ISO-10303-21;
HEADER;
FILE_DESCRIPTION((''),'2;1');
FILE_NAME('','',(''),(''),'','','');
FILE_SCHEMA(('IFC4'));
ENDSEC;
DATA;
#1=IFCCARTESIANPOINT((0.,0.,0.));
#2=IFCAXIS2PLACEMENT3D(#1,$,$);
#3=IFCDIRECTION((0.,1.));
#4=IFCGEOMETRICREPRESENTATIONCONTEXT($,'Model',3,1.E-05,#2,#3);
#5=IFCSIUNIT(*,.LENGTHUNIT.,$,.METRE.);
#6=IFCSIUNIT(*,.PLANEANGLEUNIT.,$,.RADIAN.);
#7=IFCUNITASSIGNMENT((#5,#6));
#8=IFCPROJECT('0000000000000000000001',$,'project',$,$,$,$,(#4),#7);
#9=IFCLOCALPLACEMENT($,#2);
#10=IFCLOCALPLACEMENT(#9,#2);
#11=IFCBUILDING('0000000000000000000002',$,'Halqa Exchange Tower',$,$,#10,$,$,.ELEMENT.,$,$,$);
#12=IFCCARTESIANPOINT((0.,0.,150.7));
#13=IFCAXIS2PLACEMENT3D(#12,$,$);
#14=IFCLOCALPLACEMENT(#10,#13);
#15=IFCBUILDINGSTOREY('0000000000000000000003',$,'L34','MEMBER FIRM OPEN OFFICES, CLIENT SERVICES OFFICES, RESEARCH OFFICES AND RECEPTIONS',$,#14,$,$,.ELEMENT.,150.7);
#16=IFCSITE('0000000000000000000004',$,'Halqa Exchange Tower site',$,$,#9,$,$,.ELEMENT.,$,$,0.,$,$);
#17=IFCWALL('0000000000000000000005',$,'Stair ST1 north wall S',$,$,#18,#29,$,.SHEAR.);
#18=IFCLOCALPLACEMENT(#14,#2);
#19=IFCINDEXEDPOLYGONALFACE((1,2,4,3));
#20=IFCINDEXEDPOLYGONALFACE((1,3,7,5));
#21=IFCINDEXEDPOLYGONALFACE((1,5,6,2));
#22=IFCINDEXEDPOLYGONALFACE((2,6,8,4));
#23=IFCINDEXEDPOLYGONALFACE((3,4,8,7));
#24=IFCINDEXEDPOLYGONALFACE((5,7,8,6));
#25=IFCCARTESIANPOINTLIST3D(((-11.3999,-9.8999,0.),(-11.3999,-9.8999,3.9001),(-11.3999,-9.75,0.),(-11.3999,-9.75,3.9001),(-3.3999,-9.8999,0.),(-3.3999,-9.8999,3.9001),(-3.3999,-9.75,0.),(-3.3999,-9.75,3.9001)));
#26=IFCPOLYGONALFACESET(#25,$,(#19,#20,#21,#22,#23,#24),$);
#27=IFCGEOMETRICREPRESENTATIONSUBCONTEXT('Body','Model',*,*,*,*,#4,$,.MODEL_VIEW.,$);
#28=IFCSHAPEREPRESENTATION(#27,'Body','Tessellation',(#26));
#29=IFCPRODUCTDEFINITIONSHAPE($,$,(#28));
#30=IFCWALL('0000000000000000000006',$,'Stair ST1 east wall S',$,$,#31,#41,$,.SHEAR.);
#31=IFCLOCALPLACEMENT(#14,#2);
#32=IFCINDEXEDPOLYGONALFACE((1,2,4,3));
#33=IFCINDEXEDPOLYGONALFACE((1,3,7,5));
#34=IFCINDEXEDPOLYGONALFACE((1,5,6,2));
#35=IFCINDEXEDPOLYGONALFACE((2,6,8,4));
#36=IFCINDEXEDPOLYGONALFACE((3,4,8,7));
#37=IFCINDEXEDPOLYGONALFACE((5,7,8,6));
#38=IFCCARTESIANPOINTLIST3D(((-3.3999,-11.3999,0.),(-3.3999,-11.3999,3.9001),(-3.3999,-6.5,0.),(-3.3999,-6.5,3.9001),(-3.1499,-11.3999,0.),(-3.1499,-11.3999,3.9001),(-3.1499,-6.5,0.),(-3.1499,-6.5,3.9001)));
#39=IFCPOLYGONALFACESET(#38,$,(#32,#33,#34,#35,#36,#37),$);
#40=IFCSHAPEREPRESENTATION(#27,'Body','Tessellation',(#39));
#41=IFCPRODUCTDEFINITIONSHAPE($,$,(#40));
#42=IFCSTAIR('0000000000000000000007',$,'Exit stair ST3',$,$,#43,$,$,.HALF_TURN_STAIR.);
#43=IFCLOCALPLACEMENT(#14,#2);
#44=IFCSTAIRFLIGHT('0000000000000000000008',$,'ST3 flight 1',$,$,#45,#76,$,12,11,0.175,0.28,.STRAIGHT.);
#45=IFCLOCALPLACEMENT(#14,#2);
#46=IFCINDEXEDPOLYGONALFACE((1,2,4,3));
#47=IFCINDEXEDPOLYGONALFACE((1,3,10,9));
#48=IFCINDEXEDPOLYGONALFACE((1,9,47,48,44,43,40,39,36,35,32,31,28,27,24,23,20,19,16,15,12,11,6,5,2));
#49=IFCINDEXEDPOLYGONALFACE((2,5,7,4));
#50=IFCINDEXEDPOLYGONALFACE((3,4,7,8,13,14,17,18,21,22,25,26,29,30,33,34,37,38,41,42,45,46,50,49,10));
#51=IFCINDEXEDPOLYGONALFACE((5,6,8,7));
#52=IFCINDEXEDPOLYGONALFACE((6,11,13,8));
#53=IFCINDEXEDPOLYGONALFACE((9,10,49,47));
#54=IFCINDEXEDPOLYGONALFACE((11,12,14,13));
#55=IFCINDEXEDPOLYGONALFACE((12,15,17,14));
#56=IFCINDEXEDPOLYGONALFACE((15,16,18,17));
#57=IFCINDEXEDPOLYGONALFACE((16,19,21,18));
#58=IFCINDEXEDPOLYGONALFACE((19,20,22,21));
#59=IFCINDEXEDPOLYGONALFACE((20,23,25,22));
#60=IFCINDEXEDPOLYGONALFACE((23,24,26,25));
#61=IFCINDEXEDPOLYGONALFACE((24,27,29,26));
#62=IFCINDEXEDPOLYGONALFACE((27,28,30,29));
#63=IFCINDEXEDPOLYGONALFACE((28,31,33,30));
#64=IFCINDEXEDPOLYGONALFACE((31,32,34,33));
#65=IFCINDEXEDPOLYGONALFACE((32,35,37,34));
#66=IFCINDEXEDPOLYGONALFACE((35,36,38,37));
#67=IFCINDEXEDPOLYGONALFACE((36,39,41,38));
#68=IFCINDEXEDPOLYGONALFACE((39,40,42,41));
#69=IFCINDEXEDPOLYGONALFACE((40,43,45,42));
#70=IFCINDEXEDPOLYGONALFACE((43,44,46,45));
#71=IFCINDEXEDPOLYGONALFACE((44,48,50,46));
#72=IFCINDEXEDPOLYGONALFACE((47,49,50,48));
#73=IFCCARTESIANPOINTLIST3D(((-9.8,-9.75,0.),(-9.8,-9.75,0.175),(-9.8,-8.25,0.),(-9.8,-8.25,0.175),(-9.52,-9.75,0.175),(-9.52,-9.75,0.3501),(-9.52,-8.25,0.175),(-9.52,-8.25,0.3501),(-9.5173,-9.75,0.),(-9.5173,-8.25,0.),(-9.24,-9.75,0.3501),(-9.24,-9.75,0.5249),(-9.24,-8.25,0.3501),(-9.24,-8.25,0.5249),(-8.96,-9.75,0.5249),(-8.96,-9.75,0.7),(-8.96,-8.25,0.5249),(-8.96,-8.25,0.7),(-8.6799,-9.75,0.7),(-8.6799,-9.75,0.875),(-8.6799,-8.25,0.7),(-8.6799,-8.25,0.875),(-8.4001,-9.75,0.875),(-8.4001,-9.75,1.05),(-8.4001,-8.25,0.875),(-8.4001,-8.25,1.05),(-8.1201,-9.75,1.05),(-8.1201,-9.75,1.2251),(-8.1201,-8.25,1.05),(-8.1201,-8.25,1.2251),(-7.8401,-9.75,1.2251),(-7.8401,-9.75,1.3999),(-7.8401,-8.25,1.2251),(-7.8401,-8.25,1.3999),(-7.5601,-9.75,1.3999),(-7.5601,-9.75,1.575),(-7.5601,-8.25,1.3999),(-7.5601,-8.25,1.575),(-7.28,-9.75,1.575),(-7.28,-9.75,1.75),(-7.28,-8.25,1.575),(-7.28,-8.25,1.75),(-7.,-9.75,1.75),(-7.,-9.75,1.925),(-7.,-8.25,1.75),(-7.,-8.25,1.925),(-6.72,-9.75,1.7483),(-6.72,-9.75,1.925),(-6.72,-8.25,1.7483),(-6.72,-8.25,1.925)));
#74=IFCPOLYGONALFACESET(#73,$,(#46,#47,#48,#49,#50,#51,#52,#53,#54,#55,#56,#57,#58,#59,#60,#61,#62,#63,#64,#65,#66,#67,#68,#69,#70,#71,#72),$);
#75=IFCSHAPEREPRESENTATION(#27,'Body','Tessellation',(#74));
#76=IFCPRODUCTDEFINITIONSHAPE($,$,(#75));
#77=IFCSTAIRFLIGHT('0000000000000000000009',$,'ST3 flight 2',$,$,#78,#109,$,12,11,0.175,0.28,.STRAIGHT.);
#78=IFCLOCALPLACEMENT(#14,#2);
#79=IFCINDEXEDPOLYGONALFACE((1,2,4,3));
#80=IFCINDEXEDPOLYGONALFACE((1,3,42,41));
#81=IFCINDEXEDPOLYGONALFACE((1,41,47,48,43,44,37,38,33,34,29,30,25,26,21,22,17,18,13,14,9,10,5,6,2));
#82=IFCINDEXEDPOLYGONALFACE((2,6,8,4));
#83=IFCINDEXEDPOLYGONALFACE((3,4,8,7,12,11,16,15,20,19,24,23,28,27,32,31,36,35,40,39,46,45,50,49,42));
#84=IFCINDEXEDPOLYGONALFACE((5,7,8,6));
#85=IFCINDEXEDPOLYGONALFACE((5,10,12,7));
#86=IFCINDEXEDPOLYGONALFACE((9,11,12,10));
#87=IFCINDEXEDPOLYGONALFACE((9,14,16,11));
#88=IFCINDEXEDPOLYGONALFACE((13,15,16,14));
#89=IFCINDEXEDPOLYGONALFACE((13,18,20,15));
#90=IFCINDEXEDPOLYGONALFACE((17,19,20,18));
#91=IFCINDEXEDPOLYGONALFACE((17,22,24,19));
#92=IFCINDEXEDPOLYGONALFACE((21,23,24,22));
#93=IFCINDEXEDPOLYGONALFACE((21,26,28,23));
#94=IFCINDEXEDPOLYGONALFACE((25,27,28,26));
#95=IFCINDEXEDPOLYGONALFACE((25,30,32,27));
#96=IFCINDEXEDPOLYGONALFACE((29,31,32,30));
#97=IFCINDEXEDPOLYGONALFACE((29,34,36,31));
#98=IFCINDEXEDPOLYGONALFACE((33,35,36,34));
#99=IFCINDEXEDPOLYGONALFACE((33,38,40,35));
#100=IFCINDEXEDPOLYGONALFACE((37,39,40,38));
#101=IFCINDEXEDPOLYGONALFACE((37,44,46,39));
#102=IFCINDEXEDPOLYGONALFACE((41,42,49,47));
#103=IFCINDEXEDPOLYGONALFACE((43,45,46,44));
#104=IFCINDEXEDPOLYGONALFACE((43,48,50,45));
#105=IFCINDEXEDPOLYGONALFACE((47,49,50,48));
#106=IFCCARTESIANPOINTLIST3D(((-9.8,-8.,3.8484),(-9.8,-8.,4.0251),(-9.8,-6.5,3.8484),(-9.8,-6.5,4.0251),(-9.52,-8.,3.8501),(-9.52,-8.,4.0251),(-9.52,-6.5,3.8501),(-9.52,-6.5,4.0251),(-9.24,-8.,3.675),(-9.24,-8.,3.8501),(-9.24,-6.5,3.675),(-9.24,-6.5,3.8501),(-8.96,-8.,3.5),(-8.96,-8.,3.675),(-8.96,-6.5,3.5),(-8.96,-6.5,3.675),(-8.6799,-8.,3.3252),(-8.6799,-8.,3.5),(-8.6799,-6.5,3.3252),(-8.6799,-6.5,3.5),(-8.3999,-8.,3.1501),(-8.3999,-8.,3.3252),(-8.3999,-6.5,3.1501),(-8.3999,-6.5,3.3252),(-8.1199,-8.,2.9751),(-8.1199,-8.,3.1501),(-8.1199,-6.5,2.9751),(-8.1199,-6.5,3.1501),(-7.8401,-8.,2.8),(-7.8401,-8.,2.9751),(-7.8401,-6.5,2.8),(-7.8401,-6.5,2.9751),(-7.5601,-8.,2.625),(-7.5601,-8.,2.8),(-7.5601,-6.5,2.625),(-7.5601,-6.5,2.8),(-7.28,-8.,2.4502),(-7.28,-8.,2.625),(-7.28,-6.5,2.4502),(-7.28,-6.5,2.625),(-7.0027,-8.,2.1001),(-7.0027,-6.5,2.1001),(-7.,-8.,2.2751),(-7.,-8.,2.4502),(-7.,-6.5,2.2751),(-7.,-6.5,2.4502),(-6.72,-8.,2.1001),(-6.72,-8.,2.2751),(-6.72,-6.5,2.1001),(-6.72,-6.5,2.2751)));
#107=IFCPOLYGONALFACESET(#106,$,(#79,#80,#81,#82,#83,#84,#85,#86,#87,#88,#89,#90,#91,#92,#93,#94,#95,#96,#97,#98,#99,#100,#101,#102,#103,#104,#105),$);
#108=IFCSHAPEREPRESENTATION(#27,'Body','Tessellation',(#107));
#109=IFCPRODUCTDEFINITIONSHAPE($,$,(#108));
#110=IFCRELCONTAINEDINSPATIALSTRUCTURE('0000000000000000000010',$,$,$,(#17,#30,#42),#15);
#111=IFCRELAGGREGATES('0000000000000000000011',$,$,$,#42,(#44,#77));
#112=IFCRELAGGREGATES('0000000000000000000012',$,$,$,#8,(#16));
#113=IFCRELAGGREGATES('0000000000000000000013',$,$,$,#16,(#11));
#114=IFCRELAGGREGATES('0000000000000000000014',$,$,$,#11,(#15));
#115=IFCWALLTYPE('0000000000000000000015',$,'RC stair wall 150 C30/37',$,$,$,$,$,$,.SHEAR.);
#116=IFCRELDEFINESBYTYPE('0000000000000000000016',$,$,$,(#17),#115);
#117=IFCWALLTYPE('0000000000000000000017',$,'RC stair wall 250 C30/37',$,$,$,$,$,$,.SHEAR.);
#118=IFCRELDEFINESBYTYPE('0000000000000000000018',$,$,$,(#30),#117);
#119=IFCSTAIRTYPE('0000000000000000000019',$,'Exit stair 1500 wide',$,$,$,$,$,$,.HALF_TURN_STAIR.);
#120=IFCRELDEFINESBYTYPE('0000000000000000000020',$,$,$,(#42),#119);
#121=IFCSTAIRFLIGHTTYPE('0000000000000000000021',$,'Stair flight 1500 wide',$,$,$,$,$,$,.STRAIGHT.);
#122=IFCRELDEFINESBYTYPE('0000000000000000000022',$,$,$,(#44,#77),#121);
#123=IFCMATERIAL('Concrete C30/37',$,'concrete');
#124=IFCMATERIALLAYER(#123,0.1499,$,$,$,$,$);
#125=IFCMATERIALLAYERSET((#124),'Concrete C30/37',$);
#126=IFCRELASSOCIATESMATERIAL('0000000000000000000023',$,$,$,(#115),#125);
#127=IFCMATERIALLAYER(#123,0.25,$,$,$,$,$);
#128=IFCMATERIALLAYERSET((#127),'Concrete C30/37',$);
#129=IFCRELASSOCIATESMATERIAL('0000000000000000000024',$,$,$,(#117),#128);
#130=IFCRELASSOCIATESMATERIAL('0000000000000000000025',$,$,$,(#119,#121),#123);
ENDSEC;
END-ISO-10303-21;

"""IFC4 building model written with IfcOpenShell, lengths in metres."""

from ifc_helpers import new_model, si_unit, direction, frame, frame_2d, origin, place, context, subcontext, project, spatial, polyline, rectangle, outline, extrude, material, layer, layer_set, type_object, element, aggregate, save


model = new_model("IFC4")

# Units and contexts
model_context = context("Model", 3, precision=1e-05, world=origin(), true_north=direction((0.0, 1.0)))
body_context = subcontext(model_context, "Body", "Model", "MODEL_VIEW")
ifc_project = project(units=[si_unit("LENGTHUNIT", "METRE"), si_unit("PLANEANGLEUNIT", "RADIAN")], contexts=[model_context])

# Site, building, storey
site_placement = place(None, origin())
site = spatial("IfcSite", under=ifc_project, at=site_placement, Name="Halqa Exchange Tower site", CompositionType="ELEMENT", RefElevation=0.0)
building_placement = place(site_placement, origin())
building = spatial("IfcBuilding", under=site, at=building_placement, Name="Halqa Exchange Tower", CompositionType="ELEMENT")
storey_placement = place(building_placement, frame((0.0, 0.0, 150.7)))
storey = spatial("IfcBuildingStorey", under=building, at=storey_placement, Name="L34", Description="MEMBER FIRM OPEN OFFICES, CLIENT SERVICES OFFICES, RESEARCH OFFICES AND RECEPTIONS", CompositionType="ELEMENT", Elevation=150.7)

# Walls
ifc_material_1 = material(Name="Concrete C30/37", Category="concrete")
ifc_layer_1 = layer(ifc_material_1, 0.1499)
ifc_layer_set_1 = layer_set([ifc_layer_1], Name="Concrete C30/37")
wall_type_1 = type_object("IfcWallType", Name="RC stair wall 150 C30/37", PredefinedType="SHEAR", material=ifc_layer_set_1)
wall_1_placement = place(storey_placement, frame((-11.3999, -9.825, 0.0), z_axis=(0.0, 0.0, 1.0), x_axis=(1.0, 0.0, 0.0)))
element("IfcWall", 1, at=wall_1_placement, inside=storey, type_object=wall_type_1, Name="Stair ST1 north wall S", PredefinedType="SHEAR", context=body_context, shape_type="SweptSolid", body=[
    extrude(rectangle(XDim=8.0, YDim=0.1499, at=frame_2d((4.0, 0.0))), origin(), (0.0, 0.0, 1.0), 3.9001),
])
ifc_layer_2 = layer(ifc_material_1, 0.25)
ifc_layer_set_2 = layer_set([ifc_layer_2], Name="Concrete C30/37")
wall_type_2 = type_object("IfcWallType", Name="RC stair wall 250 C30/37", PredefinedType="SHEAR", material=ifc_layer_set_2)
wall_2_placement = place(storey_placement, frame((-3.2749, -11.3999, 0.0), z_axis=(0.0, 0.0, 1.0), x_axis=(0.0, 1.0, 0.0)))
element("IfcWall", 2, at=wall_2_placement, inside=storey, type_object=wall_type_2, Name="Stair ST1 east wall S", PredefinedType="SHEAR", context=body_context, shape_type="SweptSolid", body=[
    extrude(rectangle(XDim=4.8999, YDim=0.25, at=frame_2d((2.45, 0.0))), origin(), (0.0, 0.0, 1.0), 3.9001),
])

# Stair, stair flights
stair_type = type_object("IfcStairType", Name="Exit stair 1500 wide", PredefinedType="HALF_TURN_STAIR", material=ifc_material_1)
stair_placement = place(storey_placement, origin())
stair = element("IfcStair", 3, at=stair_placement, inside=storey, type_object=stair_type, Name="Exit stair ST3", PredefinedType="HALF_TURN_STAIR")
stair_flight_type = type_object("IfcStairFlightType", Name="Stair flight 1500 wide", PredefinedType="STRAIGHT", material=ifc_material_1)
stair_flight_1_placement = place(storey_placement, frame((-9.8, -9.0, 0.0), z_axis=(0.0, 0.0, 1.0), x_axis=(1.0, 0.0, 0.0)))
stair_flight_1 = element("IfcStairFlight", 4, at=stair_flight_1_placement, type_object=stair_flight_type, Name="ST3 flight 1", NumberOfRisers=12, NumberOfTreads=11, PredefinedType="STRAIGHT", RiserHeight=0.175, TreadLength=0.28, context=body_context, shape_type="SweptSolid", body=[
    extrude(outline(polyline([(0.0, 0.0), (0.0, 0.175), (0.28, 0.175), (0.28, 0.3501), (0.5601, 0.3501), (0.5601, 0.5249), (0.8401, 0.5249), (0.8401, 0.7), (1.1201, 0.7), (1.1201, 0.875), (1.3999, 0.875), (1.3999, 1.05), (1.6799, 1.05), (1.6799, 1.2251), (1.96, 1.2251), (1.96, 1.3999), (2.24, 1.3999), (2.24, 1.575), (2.52, 1.575), (2.52, 1.75), (2.8, 1.75), (2.8, 1.925), (3.0801, 1.925), (3.0801, 2.1001), (3.0801, 1.7483), (0.2827, 0.0), (0.0, 0.0)])), frame((0.0, 0.75, 0.0), z_axis=(0.0, -1.0, 0.0), x_axis=(1.0, 0.0, 0.0)), (0.0, 0.0, 1.0), 1.5),
])
stair_flight_2_placement = place(storey_placement, frame((-6.72, -7.25, 2.1001), z_axis=(0.0, 0.0, 1.0), x_axis=(-1.0, 0.0, 0.0)))
stair_flight_2 = element("IfcStairFlight", 5, at=stair_flight_2_placement, type_object=stair_flight_type, Name="ST3 flight 2", NumberOfRisers=12, NumberOfTreads=11, PredefinedType="STRAIGHT", RiserHeight=0.175, TreadLength=0.28, context=body_context, shape_type="SweptSolid", body=[
    extrude(outline(polyline([(0.0, 0.0), (0.0, 0.175), (0.28, 0.175), (0.28, 0.3501), (0.5601, 0.3501), (0.5601, 0.5249), (0.8401, 0.5249), (0.8401, 0.7), (1.1201, 0.7), (1.1201, 0.875), (1.3999, 0.875), (1.3999, 1.05), (1.6799, 1.05), (1.6799, 1.2251), (1.96, 1.2251), (1.96, 1.3999), (2.24, 1.3999), (2.24, 1.575), (2.52, 1.575), (2.52, 1.75), (2.8, 1.75), (2.8, 1.925), (3.0801, 1.925), (3.0801, 2.1001), (3.0801, 1.7483), (0.2827, 0.0), (0.0, 0.0)])), frame((0.0, 0.75, 0.0), z_axis=(0.0, -1.0, 0.0), x_axis=(1.0, 0.0, 0.0)), (0.0, 0.0, 1.0), 1.5),
])
aggregate(stair, [stair_flight_1, stair_flight_2])

save(model, "model.ifc")
